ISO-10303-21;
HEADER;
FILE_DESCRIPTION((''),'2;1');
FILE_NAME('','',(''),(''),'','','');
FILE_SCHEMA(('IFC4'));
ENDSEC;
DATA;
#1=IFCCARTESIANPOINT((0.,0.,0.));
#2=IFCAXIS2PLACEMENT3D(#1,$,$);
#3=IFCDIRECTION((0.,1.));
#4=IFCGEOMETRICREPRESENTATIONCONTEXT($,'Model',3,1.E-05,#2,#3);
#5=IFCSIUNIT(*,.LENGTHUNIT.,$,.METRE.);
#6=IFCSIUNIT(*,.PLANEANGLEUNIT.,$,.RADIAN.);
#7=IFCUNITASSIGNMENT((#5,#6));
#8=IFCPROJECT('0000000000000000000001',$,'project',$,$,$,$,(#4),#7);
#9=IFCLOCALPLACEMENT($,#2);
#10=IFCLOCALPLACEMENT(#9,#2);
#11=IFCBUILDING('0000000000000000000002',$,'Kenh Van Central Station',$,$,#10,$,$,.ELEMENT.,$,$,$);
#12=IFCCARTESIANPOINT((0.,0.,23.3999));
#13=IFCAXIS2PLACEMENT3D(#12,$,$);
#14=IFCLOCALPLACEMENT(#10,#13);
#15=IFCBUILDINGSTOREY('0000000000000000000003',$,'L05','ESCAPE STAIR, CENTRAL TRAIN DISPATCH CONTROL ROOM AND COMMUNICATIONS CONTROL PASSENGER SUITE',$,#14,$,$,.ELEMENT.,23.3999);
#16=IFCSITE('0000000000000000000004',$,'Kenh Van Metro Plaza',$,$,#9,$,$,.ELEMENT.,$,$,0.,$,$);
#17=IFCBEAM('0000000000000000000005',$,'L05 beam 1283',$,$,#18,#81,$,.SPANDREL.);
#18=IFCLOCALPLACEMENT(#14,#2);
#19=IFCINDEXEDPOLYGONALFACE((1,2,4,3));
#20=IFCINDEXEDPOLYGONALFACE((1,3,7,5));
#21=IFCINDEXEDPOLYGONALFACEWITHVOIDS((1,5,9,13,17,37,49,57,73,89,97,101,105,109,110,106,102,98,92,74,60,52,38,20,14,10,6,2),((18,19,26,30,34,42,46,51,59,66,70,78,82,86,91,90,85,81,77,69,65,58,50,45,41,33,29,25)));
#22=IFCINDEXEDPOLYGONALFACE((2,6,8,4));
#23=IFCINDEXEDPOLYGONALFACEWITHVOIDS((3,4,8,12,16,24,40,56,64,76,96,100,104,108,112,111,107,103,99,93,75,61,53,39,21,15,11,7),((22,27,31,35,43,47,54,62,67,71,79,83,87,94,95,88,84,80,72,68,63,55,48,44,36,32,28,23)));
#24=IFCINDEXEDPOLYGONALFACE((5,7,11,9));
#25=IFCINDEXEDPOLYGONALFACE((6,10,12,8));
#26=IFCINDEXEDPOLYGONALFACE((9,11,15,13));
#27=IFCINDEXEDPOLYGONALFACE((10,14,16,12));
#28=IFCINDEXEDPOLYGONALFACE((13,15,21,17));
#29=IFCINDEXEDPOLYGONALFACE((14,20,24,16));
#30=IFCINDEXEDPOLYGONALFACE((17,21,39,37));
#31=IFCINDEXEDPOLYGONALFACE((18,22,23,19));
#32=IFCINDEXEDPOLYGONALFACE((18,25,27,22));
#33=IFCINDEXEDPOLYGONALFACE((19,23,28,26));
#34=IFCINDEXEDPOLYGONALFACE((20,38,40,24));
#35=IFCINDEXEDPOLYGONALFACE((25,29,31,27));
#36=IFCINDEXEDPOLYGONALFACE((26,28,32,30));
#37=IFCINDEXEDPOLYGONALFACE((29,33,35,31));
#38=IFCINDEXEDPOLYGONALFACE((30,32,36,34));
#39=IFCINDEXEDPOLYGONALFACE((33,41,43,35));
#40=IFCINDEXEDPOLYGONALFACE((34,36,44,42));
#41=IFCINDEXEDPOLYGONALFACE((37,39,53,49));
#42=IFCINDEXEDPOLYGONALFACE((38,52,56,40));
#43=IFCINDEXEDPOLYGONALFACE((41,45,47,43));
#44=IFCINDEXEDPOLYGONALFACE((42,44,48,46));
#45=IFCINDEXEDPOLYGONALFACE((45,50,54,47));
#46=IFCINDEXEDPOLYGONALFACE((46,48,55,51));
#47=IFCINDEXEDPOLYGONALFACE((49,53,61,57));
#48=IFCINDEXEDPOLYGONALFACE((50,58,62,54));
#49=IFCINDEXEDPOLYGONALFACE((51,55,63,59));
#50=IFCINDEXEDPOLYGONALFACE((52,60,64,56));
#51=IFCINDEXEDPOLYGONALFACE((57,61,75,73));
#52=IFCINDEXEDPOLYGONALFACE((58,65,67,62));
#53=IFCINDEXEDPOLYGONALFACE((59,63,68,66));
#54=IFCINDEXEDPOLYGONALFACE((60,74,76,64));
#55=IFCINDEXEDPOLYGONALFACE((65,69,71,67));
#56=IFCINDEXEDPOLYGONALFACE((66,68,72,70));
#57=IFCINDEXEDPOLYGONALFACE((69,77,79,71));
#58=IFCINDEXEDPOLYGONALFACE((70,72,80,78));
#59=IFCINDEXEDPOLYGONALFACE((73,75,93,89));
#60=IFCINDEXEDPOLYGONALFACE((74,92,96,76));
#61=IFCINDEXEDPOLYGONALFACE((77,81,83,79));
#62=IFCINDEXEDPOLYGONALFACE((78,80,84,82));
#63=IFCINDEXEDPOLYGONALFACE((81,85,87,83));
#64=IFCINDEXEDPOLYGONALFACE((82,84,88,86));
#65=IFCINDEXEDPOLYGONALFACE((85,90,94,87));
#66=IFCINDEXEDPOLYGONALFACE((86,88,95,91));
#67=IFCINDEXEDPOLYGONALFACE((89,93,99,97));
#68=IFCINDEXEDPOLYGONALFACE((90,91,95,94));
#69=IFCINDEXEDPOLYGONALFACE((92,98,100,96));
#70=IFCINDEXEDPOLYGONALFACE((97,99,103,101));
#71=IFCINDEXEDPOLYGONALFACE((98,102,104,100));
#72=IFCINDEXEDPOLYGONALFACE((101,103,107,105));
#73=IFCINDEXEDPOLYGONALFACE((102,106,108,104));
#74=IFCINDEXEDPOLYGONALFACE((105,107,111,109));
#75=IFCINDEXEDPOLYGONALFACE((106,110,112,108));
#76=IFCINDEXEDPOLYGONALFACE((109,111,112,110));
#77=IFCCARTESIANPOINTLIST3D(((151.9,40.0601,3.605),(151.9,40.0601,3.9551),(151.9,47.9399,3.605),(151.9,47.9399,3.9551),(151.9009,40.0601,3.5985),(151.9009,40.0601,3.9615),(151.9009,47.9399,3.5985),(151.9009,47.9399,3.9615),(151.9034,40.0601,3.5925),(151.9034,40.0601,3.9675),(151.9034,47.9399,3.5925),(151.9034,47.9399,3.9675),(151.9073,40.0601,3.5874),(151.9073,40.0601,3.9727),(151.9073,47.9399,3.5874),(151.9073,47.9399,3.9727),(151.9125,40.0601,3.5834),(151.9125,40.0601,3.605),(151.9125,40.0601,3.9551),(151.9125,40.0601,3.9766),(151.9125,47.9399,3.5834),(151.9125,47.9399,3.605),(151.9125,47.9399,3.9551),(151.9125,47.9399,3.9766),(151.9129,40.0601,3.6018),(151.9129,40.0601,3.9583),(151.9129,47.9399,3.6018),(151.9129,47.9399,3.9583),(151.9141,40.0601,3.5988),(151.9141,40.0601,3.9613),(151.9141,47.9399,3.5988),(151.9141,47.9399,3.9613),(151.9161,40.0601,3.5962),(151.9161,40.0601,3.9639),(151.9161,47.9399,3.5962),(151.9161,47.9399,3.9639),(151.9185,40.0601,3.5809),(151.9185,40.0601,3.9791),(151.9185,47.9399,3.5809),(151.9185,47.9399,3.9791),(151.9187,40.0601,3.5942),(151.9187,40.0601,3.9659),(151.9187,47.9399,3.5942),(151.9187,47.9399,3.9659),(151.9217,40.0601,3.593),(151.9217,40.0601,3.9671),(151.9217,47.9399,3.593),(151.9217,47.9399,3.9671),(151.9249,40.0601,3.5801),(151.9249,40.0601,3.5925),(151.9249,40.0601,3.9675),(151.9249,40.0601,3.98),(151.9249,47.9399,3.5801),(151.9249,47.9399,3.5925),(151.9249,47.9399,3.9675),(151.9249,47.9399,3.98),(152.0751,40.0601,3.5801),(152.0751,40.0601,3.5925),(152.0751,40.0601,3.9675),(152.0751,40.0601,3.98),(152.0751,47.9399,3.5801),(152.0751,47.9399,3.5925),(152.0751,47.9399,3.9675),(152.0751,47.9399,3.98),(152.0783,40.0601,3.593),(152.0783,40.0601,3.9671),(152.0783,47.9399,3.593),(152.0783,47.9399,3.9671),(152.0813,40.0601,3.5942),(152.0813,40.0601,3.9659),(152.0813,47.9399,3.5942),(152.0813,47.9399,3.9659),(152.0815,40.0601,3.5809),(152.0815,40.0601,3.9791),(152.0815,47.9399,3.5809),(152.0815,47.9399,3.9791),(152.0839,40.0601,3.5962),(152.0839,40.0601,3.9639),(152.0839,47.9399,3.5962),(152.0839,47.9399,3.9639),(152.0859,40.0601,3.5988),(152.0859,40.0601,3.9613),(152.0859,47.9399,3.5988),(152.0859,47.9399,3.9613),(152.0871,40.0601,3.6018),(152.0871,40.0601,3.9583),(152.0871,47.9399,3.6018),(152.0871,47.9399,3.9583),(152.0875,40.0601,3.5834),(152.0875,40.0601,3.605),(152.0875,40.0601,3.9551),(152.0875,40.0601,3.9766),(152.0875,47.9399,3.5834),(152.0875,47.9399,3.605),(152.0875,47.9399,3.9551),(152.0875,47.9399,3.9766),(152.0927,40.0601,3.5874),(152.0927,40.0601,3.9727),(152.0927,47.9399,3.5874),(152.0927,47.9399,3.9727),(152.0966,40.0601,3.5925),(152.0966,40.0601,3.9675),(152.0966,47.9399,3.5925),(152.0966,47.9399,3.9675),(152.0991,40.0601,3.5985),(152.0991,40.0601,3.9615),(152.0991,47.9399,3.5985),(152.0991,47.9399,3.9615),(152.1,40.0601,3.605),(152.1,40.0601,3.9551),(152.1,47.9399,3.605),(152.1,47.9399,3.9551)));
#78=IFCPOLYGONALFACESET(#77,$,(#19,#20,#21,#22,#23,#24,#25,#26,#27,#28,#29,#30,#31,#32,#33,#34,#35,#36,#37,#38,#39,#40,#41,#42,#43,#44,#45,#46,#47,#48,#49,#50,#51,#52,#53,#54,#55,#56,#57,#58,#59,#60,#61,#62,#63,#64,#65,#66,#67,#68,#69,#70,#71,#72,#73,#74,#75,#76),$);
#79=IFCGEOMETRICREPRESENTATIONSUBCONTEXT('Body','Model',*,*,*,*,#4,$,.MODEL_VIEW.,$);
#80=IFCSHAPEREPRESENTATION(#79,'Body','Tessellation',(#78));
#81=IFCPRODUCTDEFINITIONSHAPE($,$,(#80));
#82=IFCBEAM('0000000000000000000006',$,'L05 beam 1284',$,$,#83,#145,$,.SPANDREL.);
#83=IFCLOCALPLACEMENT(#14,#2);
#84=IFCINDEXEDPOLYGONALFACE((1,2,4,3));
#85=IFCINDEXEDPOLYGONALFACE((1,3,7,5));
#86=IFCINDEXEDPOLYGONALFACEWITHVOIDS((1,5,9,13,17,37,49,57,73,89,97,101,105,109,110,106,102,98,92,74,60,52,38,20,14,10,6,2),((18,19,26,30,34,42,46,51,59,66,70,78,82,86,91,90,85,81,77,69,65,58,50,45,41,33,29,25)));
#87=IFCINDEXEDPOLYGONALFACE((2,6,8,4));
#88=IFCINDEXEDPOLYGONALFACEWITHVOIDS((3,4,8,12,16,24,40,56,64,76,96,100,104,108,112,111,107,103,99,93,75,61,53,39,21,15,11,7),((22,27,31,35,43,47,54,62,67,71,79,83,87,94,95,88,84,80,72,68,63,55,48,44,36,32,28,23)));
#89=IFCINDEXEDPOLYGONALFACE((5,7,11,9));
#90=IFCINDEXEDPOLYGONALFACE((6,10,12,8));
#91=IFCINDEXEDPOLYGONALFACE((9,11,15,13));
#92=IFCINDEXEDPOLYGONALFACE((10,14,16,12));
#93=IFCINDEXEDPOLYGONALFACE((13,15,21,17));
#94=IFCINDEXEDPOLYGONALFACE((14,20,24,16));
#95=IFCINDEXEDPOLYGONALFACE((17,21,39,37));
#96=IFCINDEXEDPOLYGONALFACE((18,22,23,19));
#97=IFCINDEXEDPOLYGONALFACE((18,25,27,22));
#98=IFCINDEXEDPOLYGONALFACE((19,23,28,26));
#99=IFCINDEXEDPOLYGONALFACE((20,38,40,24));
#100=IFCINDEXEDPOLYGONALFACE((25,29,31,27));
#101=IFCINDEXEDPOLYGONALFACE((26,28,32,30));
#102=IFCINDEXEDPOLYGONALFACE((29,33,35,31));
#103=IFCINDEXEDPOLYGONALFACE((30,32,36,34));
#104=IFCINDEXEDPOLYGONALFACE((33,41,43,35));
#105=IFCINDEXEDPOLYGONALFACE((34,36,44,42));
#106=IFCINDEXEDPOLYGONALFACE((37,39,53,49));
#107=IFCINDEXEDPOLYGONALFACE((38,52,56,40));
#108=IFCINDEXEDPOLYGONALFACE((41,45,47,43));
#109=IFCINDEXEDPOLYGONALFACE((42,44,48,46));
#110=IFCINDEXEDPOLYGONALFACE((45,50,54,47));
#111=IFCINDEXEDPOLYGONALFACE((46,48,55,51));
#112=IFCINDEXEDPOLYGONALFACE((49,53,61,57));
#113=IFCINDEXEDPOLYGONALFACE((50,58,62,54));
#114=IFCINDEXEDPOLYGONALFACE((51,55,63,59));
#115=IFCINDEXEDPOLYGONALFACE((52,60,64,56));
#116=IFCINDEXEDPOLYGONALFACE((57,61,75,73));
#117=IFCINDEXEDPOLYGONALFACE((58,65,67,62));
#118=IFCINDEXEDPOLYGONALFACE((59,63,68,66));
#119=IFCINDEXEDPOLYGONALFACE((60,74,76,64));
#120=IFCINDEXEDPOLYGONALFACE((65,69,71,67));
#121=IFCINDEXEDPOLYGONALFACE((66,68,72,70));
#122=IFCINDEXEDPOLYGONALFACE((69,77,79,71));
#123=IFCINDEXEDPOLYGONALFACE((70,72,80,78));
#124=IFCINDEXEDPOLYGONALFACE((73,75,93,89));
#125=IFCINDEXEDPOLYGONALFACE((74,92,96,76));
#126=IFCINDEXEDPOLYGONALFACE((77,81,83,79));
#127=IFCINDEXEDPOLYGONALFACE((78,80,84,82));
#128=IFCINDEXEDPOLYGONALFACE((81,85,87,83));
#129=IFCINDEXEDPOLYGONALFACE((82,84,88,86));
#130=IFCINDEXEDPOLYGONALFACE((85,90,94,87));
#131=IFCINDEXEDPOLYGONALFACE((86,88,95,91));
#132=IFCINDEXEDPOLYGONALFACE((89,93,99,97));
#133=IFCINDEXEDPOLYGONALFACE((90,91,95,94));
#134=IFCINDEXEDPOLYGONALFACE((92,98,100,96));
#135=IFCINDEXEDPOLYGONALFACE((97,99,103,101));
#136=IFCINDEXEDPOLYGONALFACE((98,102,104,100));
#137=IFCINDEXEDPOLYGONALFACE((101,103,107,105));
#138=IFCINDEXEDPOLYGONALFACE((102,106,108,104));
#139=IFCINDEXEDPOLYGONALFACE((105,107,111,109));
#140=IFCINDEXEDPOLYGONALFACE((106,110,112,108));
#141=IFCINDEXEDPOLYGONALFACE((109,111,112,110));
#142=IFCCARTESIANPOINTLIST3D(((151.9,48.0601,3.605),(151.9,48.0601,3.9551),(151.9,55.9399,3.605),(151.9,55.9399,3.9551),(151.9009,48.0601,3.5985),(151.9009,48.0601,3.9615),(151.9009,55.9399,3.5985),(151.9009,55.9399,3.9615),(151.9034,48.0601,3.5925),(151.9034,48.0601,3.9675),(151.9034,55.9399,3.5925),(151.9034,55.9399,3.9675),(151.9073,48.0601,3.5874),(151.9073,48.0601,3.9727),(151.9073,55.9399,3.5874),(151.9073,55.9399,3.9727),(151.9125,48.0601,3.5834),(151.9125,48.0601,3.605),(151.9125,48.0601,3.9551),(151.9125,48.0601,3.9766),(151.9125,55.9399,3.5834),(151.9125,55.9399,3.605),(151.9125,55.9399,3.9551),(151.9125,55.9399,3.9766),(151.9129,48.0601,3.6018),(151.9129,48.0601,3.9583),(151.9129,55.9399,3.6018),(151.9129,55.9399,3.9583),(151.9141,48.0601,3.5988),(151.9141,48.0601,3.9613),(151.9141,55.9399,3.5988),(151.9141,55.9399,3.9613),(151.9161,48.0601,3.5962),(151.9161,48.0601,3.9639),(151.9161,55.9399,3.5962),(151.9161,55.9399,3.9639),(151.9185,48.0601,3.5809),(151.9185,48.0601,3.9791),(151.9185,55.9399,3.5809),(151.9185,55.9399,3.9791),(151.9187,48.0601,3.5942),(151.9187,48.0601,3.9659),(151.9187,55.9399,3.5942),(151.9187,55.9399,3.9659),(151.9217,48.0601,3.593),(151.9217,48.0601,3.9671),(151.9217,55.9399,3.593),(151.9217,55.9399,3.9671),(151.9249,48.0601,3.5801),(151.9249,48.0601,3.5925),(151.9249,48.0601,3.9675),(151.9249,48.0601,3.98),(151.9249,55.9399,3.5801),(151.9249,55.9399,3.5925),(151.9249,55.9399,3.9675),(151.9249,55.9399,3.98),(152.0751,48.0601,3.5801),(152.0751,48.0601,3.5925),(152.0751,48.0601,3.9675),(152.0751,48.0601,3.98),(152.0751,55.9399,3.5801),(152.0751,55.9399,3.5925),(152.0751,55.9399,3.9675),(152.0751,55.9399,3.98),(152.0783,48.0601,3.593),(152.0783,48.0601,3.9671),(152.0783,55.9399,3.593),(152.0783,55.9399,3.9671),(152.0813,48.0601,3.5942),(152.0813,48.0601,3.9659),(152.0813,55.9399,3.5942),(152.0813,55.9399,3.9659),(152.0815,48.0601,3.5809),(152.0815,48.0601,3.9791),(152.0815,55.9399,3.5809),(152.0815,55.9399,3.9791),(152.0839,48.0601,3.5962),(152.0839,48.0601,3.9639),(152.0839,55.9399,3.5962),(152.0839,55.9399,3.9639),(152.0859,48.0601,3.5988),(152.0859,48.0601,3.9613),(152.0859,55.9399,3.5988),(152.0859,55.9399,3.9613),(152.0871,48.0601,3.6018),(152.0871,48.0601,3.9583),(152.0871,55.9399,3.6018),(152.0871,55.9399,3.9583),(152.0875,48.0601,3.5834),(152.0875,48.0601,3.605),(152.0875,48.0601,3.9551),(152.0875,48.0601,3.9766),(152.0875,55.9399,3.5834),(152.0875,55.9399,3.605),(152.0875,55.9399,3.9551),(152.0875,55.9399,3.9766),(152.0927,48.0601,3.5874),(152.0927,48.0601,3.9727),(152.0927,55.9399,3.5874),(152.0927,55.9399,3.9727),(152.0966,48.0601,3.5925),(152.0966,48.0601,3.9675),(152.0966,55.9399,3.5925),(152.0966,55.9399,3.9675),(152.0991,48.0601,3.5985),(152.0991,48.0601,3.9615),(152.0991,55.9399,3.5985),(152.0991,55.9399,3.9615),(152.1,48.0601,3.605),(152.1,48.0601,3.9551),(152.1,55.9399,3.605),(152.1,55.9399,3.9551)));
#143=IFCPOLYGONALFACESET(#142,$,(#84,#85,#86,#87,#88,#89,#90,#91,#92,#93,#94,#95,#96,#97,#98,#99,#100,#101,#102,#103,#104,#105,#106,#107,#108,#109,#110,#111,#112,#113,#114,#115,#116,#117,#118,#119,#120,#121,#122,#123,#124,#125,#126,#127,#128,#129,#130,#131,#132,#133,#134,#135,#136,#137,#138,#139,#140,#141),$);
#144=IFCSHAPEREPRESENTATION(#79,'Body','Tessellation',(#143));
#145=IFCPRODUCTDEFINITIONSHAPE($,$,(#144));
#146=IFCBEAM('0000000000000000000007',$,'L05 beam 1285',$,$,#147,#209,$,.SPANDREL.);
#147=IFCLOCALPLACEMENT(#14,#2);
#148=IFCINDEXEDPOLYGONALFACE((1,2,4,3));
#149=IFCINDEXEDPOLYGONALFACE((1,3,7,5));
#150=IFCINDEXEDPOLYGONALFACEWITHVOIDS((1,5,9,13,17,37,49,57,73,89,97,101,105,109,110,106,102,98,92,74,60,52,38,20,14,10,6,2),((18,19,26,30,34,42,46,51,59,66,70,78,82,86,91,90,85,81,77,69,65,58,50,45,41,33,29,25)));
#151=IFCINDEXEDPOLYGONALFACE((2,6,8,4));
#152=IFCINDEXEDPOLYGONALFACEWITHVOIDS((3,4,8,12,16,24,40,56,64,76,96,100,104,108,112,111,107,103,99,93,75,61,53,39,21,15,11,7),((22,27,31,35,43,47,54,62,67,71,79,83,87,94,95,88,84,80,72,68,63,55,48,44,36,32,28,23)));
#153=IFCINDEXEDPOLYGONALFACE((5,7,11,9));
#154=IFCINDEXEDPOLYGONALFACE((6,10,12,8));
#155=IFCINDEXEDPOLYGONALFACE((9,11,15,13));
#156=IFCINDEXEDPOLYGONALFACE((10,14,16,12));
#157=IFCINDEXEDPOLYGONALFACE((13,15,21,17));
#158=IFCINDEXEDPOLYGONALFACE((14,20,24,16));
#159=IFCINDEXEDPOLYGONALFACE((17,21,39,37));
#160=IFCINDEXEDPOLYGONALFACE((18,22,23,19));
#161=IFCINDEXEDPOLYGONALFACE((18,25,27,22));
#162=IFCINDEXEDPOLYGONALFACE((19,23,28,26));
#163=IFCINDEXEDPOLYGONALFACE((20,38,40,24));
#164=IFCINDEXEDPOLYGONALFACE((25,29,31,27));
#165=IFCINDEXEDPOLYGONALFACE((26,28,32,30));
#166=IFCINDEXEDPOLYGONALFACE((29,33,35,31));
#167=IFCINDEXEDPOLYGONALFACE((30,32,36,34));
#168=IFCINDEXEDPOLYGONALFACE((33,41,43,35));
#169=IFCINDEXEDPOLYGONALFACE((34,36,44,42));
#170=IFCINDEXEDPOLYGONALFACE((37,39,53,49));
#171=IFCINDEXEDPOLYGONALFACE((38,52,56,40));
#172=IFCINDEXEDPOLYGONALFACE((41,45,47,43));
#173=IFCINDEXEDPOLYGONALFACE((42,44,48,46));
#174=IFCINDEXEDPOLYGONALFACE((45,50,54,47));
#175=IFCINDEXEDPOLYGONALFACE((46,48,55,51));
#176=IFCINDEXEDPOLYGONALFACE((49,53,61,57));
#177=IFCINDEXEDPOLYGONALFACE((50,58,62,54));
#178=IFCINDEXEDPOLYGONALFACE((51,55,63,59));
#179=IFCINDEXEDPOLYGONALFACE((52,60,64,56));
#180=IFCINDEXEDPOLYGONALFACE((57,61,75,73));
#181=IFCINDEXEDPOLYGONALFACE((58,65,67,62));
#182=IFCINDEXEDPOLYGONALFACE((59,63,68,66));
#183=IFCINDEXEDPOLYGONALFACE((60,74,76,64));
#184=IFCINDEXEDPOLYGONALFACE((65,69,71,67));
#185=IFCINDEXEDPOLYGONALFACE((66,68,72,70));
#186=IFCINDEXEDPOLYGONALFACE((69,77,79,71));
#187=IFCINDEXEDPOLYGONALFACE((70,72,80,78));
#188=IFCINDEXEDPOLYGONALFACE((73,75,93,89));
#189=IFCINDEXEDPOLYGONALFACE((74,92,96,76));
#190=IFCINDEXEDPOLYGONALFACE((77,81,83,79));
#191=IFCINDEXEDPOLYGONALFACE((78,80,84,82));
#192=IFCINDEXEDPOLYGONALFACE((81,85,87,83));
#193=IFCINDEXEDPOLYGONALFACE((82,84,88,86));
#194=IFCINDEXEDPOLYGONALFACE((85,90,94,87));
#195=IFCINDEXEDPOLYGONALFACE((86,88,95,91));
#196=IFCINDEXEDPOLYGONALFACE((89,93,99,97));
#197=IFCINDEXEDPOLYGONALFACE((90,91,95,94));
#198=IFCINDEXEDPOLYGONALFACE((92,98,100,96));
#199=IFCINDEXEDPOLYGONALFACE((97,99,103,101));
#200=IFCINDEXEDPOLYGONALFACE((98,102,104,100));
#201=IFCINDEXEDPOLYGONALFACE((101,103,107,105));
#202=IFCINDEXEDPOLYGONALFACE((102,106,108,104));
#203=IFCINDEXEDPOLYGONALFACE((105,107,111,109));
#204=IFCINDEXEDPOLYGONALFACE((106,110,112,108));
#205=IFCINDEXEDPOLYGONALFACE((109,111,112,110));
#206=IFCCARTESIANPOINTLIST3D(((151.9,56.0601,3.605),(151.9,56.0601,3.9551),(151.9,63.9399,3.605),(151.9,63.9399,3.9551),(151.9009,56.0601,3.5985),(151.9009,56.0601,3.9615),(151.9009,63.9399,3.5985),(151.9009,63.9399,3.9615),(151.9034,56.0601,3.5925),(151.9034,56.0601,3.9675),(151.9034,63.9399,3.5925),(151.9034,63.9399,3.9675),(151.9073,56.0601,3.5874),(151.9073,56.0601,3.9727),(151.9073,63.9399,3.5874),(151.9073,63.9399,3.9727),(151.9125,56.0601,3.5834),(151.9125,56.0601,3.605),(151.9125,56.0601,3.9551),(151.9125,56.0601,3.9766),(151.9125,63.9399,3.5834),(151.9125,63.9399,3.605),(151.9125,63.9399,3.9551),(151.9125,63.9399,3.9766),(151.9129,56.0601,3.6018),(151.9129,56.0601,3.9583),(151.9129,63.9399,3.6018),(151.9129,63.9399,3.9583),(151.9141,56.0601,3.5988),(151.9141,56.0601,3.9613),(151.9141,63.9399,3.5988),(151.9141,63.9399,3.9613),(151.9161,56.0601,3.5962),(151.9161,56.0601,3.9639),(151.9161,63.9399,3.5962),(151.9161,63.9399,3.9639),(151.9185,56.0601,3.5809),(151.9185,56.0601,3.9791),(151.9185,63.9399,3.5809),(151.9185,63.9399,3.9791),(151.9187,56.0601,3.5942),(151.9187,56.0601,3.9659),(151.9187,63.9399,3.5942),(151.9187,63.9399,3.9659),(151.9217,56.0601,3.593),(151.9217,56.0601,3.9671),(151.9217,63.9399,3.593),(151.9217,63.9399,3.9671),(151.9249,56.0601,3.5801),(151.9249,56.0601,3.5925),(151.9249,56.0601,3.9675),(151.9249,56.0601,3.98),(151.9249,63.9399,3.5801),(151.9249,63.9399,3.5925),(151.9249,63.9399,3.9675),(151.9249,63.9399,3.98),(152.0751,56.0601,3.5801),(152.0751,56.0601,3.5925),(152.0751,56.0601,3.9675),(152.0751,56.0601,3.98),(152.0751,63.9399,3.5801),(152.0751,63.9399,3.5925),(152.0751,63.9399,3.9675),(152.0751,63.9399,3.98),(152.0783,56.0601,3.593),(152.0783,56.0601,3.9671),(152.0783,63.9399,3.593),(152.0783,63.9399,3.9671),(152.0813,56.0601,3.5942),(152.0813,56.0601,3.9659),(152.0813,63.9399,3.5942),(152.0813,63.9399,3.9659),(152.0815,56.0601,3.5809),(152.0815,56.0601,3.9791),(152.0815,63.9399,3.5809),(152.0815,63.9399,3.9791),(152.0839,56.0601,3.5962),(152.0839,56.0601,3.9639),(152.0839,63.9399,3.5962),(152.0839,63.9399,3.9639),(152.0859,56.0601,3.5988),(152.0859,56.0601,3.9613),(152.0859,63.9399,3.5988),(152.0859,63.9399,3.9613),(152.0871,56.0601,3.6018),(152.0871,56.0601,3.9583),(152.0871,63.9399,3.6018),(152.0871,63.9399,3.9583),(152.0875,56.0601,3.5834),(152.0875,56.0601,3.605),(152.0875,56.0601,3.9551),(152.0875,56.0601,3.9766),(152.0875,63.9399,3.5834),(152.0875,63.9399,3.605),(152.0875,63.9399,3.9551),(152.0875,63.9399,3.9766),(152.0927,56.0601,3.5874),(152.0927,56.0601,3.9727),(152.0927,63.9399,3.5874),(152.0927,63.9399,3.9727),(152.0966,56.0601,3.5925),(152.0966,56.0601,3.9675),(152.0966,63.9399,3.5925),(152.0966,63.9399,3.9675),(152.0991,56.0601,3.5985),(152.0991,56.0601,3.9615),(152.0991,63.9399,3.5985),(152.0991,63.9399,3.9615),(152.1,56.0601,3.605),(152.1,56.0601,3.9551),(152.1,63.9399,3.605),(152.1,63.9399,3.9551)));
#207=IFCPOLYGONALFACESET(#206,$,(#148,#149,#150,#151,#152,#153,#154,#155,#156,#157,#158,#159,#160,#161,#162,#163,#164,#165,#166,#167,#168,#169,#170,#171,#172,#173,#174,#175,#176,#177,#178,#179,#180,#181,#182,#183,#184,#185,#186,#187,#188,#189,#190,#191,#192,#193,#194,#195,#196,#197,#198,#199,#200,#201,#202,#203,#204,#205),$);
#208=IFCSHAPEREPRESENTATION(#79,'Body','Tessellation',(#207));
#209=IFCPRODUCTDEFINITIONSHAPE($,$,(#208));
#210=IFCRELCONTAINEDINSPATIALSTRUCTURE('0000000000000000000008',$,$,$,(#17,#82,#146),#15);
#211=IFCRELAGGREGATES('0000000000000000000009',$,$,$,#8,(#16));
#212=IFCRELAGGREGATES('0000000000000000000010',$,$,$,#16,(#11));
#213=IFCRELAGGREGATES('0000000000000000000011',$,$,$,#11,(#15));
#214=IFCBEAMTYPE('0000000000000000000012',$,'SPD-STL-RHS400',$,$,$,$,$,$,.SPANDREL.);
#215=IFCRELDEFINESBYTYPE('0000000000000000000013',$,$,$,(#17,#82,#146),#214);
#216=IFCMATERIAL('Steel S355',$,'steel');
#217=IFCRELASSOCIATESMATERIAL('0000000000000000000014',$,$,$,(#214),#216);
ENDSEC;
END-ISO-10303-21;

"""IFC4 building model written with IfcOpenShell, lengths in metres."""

from ifc_helpers import new_model, si_unit, direction, frame, origin, origin_2d, place, context, subcontext, project, spatial, hollow_rectangle, extrude, material, material_profile, profile_set, type_object, element, save


model = new_model("IFC4")

# Units and contexts
model_context = context("Model", 3, precision=1e-05, world=origin(), true_north=direction((0.0, 1.0)))
body_context = subcontext(model_context, "Body", "Model", "MODEL_VIEW")
ifc_project = project(units=[si_unit("LENGTHUNIT", "METRE"), si_unit("PLANEANGLEUNIT", "RADIAN")], contexts=[model_context])

# Site, building, storey
site_placement = place(None, origin())
site = spatial("IfcSite", under=ifc_project, at=site_placement, Name="Kenh Van Metro Plaza", CompositionType="ELEMENT", RefElevation=0.0)
building_placement = place(site_placement, origin())
building = spatial("IfcBuilding", under=site, at=building_placement, Name="Kenh Van Central Station", CompositionType="ELEMENT")
storey_placement = place(building_placement, frame((0.0, 0.0, 23.3999)))
storey = spatial("IfcBuildingStorey", under=building, at=storey_placement, Name="L05", Description="ESCAPE STAIR, CENTRAL TRAIN DISPATCH CONTROL ROOM AND COMMUNICATIONS CONTROL PASSENGER SUITE", CompositionType="ELEMENT", Elevation=23.3999)

# Shared definitions
ifc_material_1 = material(Name="Steel S355", Category="steel")

# Beams
ifc_material_profile_1 = material_profile(ifc_material_1, hollow_rectangle(XDim=0.2, YDim=0.3999, WallThickness=0.0125, InnerFilletRadius=0.0125, OuterFilletRadius=0.0249, at=origin_2d()), Name="RHS 400x200x12.5")
ifc_profile_set_1 = profile_set([ifc_material_profile_1], Name="Steel S355")
beam_type = type_object("IfcBeamType", Name="SPD-STL-RHS400", PredefinedType="SPANDREL", material=ifc_profile_set_1)
for number, where, z_axis, x_axis, name in (
    (1, (152.0, 40.0601, 3.78), (0.0, 1.0, 0.0), (-1.0, 0.0, 0.0), "L05 beam 1283"),
    (2, (152.0, 48.0601, 3.78), (0.0, 1.0, 0.0), (-1.0, 0.0, 0.0), "L05 beam 1284"),
    (3, (152.0, 56.0601, 3.78), (0.0, 1.0, 0.0), (-1.0, 0.0, 0.0), "L05 beam 1285"),
):
    element("IfcBeam", number, at=place(storey_placement, frame(where, z_axis=z_axis, x_axis=x_axis)), inside=storey, type_object=beam_type, Name=name, PredefinedType="SPANDREL", context=body_context, shape_type="SweptSolid", body=[
        extrude(hollow_rectangle(XDim=0.2, YDim=0.3999, WallThickness=0.0125, InnerFilletRadius=0.0125, OuterFilletRadius=0.0249, at=origin_2d()), origin(), (0.0, 0.0, 1.0), 7.8799),
    ])

save(model, "model.ifc")
